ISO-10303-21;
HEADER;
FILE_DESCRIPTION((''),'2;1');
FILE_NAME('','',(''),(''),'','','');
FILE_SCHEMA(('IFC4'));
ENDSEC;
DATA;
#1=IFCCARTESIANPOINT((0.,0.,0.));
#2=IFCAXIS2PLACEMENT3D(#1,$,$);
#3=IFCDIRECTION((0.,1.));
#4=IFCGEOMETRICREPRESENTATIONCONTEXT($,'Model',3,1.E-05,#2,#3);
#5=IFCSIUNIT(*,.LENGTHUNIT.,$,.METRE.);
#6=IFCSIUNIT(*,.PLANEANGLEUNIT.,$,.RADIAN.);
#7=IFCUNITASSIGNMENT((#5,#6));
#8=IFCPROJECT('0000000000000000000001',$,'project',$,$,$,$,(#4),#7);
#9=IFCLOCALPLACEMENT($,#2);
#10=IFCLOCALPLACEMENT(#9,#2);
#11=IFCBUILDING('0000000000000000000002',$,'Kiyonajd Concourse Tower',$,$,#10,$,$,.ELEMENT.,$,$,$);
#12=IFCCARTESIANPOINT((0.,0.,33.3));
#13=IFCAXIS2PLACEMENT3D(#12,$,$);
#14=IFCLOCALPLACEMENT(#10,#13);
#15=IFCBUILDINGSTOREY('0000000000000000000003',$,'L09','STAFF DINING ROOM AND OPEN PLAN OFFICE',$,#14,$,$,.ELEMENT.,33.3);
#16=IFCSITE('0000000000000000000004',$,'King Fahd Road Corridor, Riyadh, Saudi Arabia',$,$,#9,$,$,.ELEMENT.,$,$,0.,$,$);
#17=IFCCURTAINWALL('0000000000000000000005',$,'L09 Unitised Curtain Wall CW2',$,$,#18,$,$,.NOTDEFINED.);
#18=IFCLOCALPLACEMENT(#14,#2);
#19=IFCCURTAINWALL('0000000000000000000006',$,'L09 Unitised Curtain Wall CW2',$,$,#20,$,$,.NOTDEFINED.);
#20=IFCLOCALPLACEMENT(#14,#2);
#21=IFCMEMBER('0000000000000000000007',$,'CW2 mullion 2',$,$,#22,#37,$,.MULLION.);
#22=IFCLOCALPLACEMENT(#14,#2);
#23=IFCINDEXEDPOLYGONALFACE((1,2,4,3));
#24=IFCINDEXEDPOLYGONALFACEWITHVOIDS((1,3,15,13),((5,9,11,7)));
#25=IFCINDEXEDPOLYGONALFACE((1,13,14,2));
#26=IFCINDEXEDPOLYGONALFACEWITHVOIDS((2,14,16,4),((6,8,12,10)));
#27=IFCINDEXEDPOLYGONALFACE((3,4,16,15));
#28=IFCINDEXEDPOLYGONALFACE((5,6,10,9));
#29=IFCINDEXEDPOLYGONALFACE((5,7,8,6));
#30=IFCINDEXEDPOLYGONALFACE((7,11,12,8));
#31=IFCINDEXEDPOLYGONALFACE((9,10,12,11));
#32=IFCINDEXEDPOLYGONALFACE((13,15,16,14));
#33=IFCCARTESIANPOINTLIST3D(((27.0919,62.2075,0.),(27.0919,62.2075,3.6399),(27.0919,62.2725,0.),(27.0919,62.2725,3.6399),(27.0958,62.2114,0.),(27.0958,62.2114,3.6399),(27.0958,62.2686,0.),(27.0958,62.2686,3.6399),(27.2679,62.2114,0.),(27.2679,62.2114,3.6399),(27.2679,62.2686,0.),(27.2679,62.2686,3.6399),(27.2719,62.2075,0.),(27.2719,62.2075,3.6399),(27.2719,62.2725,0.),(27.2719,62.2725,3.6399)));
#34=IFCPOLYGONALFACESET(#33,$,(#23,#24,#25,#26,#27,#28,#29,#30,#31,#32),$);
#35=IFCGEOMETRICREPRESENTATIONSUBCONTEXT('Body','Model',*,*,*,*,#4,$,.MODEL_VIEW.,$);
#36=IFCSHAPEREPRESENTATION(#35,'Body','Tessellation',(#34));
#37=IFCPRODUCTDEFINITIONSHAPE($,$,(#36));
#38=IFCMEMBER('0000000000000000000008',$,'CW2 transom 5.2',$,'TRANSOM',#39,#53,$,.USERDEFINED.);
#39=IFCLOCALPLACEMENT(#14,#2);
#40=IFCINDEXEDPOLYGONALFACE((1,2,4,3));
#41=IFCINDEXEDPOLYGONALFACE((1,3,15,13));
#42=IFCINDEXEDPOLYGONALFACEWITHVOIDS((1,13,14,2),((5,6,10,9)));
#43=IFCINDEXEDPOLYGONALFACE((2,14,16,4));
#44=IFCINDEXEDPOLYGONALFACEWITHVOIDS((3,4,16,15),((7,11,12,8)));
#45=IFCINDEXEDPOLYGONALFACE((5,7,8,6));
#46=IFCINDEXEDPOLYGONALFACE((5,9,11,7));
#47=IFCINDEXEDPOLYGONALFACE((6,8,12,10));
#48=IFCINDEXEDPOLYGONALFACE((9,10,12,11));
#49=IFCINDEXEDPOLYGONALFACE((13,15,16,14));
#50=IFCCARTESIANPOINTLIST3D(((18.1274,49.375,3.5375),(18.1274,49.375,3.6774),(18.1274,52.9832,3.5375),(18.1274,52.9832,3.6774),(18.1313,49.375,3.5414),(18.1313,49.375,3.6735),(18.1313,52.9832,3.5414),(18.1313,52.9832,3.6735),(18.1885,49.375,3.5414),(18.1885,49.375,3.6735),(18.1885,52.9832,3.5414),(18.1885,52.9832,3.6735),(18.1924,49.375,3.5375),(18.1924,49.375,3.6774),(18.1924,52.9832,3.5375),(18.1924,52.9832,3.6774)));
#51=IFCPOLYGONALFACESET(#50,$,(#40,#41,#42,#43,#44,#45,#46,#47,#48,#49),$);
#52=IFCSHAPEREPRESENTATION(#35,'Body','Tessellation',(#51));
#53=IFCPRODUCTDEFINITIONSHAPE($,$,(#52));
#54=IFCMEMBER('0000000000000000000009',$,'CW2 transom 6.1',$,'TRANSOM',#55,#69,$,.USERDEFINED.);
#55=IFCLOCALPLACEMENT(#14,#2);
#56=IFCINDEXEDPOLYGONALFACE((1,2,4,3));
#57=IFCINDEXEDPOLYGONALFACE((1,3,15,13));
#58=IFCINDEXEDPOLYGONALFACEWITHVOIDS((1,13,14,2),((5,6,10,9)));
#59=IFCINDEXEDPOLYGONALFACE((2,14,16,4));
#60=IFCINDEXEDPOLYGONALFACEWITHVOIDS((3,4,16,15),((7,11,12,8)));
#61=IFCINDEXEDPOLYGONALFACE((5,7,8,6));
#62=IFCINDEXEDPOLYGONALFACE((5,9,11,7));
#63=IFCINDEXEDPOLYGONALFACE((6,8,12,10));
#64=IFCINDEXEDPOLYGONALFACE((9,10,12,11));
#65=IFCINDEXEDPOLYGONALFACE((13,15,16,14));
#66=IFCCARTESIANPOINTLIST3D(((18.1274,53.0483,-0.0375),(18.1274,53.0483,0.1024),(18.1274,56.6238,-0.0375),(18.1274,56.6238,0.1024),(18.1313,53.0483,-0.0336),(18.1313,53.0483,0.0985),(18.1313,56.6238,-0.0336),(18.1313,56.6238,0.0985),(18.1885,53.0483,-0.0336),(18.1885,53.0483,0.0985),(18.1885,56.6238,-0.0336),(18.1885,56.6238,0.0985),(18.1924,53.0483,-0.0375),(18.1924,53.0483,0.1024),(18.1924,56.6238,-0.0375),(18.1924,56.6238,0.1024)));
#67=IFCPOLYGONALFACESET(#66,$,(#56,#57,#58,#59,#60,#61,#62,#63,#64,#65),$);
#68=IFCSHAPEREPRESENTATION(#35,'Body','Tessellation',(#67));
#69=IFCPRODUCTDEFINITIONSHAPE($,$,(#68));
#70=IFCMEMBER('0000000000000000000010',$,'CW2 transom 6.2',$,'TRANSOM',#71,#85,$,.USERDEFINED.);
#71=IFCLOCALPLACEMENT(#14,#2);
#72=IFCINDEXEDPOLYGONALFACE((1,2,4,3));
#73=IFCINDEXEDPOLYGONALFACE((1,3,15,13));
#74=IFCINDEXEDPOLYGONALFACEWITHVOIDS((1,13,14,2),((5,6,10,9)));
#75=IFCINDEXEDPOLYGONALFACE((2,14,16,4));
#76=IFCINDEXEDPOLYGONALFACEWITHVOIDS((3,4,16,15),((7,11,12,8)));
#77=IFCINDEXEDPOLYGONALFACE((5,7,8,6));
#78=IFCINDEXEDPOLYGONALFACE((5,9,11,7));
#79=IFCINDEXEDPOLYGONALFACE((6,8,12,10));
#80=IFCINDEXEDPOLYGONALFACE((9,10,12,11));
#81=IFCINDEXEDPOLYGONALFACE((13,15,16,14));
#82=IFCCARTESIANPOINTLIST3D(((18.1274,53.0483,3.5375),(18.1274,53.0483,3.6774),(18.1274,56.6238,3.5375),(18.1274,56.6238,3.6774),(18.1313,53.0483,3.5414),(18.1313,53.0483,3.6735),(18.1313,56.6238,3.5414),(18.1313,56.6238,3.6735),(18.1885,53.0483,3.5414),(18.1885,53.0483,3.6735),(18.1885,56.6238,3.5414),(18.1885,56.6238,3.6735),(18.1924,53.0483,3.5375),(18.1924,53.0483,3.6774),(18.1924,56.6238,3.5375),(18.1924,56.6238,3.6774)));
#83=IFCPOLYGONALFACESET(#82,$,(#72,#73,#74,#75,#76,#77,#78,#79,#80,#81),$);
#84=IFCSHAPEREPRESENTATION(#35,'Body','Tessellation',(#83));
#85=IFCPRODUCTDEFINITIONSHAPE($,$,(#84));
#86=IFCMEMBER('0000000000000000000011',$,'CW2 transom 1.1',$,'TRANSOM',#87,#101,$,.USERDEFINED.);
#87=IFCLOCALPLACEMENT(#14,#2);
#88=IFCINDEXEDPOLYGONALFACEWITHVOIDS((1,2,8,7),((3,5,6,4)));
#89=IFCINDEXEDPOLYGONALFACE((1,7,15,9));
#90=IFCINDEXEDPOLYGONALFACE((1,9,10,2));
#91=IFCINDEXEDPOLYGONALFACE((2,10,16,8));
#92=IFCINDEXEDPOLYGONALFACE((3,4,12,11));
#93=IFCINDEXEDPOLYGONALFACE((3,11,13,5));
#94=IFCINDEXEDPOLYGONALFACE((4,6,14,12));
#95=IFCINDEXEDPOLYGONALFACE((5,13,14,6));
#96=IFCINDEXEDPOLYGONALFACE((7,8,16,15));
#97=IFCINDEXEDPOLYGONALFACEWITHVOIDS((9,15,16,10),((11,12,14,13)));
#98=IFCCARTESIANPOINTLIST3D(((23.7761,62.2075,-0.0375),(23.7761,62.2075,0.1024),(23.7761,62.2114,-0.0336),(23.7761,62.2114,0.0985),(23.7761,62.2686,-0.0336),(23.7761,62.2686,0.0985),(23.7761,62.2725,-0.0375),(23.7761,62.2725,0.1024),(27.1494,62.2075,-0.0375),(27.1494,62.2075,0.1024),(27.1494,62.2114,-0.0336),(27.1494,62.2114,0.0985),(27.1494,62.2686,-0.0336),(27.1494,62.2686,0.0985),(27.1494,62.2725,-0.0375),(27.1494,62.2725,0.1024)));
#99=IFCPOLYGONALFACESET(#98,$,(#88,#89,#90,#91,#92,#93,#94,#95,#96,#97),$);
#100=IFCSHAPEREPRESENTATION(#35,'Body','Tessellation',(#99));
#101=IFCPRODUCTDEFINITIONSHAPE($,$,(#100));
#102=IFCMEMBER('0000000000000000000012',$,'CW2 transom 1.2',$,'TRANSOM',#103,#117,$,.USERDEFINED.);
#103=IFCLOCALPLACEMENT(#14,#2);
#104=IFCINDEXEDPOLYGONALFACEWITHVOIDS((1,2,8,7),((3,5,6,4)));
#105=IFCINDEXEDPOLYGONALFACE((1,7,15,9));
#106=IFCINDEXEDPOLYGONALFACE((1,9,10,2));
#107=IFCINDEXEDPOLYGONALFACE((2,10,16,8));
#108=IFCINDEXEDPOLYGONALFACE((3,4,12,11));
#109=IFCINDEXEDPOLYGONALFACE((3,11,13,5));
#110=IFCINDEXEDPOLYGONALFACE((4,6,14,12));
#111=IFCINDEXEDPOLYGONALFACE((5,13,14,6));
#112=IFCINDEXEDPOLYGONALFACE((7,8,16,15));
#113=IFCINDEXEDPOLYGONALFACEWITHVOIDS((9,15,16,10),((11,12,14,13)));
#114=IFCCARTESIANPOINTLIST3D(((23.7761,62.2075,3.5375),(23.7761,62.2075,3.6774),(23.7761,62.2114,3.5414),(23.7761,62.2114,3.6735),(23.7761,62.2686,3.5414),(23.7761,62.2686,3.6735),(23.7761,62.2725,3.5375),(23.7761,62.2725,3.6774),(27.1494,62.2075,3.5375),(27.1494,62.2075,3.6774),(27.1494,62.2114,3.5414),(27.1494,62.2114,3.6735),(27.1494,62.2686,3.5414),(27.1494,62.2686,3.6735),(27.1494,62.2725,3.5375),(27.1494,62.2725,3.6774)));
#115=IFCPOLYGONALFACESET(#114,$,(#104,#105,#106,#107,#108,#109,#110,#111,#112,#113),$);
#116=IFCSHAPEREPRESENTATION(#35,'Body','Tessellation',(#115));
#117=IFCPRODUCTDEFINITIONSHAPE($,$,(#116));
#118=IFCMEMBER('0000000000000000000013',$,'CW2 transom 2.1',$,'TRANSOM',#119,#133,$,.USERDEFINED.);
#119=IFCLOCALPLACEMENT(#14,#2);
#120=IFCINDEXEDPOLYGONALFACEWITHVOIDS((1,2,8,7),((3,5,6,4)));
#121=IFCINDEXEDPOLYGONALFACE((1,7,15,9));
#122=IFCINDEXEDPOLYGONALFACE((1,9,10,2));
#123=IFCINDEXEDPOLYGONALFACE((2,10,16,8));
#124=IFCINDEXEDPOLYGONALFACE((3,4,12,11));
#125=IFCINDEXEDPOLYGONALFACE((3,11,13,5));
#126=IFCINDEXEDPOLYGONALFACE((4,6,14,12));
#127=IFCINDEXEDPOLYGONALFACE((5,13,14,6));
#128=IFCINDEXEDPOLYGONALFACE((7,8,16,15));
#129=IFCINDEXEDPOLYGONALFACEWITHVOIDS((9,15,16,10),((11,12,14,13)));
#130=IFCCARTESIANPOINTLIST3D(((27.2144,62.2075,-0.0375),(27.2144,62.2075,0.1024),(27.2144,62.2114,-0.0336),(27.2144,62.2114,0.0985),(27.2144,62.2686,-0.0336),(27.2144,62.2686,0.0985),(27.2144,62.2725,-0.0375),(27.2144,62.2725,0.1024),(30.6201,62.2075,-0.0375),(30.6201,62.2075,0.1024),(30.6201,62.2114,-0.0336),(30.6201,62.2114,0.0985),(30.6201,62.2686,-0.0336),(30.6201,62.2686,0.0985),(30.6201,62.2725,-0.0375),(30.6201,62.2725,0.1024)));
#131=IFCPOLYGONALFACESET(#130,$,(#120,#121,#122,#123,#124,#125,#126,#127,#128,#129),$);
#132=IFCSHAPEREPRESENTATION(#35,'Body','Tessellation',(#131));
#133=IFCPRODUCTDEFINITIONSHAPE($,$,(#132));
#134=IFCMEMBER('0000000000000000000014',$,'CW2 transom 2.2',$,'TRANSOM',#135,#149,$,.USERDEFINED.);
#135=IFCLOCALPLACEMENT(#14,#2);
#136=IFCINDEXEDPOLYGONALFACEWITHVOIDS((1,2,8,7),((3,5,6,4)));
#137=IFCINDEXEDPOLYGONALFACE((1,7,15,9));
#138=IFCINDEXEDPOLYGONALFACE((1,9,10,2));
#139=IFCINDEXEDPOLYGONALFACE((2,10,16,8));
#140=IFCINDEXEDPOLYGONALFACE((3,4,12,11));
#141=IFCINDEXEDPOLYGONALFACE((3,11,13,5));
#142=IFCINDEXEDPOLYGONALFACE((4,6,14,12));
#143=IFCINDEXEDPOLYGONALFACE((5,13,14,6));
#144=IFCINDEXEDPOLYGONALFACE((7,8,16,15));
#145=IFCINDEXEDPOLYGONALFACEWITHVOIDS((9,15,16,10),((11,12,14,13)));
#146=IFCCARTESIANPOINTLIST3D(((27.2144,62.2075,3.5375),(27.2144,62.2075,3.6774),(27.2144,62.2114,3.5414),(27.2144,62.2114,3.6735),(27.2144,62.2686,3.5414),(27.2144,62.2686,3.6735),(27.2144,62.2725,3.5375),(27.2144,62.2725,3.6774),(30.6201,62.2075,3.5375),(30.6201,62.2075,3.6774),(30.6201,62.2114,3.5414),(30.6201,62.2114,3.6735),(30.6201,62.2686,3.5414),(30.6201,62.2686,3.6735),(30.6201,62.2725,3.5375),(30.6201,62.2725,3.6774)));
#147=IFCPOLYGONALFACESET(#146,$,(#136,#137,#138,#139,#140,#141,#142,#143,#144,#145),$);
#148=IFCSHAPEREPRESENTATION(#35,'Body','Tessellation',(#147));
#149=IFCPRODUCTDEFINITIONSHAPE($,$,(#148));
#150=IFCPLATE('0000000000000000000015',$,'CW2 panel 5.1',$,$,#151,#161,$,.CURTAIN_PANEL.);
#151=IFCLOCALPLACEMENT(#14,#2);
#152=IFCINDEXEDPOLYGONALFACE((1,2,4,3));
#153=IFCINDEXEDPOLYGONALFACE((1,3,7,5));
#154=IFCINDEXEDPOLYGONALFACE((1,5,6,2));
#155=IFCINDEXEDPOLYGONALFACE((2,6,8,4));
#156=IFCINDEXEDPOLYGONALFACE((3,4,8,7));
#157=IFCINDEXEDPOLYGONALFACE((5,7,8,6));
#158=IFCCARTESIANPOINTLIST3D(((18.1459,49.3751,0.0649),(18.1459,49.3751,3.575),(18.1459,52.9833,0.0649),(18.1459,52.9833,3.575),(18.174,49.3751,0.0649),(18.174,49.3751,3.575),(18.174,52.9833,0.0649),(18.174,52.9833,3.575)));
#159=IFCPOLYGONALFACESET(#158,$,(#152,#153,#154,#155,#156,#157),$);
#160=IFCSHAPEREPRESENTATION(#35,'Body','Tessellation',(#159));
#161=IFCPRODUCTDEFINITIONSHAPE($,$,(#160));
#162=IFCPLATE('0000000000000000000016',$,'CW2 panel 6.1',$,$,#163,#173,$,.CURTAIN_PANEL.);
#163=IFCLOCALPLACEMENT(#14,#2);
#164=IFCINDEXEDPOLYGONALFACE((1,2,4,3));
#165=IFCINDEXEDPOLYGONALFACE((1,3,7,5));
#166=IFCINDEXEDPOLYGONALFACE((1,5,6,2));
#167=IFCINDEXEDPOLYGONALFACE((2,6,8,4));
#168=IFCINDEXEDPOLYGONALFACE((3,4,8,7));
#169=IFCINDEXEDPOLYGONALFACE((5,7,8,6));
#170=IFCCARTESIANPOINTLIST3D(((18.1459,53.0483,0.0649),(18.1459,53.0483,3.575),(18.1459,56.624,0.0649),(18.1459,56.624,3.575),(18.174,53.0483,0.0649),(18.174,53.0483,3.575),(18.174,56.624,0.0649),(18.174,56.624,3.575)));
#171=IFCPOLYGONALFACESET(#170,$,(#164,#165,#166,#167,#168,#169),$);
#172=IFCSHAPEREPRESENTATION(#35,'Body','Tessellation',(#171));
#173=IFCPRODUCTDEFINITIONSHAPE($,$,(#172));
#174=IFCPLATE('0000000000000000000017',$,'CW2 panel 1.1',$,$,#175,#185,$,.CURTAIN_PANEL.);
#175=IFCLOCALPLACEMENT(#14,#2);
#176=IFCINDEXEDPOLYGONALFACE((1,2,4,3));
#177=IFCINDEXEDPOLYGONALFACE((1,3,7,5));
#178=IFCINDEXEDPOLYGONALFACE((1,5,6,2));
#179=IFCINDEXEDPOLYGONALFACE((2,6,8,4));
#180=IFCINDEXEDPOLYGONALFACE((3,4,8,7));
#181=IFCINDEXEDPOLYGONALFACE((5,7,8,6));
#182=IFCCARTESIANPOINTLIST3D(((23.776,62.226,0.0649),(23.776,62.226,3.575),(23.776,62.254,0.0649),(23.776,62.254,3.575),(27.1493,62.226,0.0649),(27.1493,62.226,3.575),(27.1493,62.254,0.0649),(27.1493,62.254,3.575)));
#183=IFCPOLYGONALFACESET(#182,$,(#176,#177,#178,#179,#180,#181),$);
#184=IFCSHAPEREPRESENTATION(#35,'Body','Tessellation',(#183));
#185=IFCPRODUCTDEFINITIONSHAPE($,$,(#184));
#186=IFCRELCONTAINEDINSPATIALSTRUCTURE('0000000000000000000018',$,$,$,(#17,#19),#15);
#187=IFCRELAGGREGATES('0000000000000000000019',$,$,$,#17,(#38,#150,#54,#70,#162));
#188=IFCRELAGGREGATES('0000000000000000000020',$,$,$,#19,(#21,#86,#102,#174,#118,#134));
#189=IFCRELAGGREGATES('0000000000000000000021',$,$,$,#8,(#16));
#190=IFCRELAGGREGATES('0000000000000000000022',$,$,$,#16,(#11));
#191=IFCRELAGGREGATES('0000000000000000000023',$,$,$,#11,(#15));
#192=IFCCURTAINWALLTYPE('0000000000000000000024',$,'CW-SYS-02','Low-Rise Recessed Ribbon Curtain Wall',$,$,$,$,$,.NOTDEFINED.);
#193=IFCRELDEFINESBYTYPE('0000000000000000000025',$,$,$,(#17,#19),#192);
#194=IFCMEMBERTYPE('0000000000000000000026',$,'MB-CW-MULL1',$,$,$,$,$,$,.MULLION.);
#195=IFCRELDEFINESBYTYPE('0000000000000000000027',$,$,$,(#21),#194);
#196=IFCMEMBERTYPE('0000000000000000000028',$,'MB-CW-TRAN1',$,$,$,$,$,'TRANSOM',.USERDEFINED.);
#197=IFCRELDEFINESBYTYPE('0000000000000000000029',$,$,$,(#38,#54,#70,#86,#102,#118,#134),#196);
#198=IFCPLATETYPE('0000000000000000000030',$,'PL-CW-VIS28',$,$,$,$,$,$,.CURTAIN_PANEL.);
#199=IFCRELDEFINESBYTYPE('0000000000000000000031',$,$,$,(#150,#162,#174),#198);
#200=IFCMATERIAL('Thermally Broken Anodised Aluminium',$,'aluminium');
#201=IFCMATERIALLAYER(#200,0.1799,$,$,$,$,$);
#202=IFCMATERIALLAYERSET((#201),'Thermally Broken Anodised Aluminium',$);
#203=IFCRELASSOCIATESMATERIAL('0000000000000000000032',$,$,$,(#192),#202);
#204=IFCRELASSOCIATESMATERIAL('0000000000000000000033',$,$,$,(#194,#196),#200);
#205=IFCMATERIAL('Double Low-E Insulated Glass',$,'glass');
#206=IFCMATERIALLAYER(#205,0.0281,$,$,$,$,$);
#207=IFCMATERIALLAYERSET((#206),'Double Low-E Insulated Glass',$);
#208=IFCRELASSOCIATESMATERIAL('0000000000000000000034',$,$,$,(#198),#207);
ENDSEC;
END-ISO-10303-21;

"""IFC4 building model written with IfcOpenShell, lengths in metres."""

from ifc_helpers import new_model, si_unit, direction, frame, origin, origin_2d, place, context, subcontext, project, spatial, rectangle, hollow_rectangle, extrude, material, layer, layer_set, material_profile, profile_set, type_object, element, aggregate, save


model = new_model("IFC4")

# Units and contexts
model_context = context("Model", 3, precision=1e-05, world=origin(), true_north=direction((0.0, 1.0)))
body_context = subcontext(model_context, "Body", "Model", "MODEL_VIEW")
ifc_project = project(units=[si_unit("LENGTHUNIT", "METRE"), si_unit("PLANEANGLEUNIT", "RADIAN")], contexts=[model_context])

# Site, building, storey
site_placement = place(None, origin())
site = spatial("IfcSite", under=ifc_project, at=site_placement, Name="King Fahd Road Corridor, Riyadh, Saudi Arabia", CompositionType="ELEMENT", RefElevation=0.0)
building_placement = place(site_placement, origin())
building = spatial("IfcBuilding", under=site, at=building_placement, Name="Kiyonajd Concourse Tower", CompositionType="ELEMENT")
storey_placement = place(building_placement, frame((0.0, 0.0, 33.3)))
storey = spatial("IfcBuildingStorey", under=building, at=storey_placement, Name="L09", Description="STAFF DINING ROOM AND OPEN PLAN OFFICE", CompositionType="ELEMENT", Elevation=33.3)

# Curtain walls, member
ifc_material_1 = material(Name="Thermally Broken Anodised Aluminium", Category="aluminium")
ifc_layer_1 = layer(ifc_material_1, 0.1799)
ifc_layer_set_1 = layer_set([ifc_layer_1], Name="Thermally Broken Anodised Aluminium")
curtain_wall_type = type_object("IfcCurtainWallType", Name="CW-SYS-02", Description="Low-Rise Recessed Ribbon Curtain Wall", PredefinedType="NOTDEFINED", material=ifc_layer_set_1)
curtain_wall_1_placement = place(storey_placement, origin())
curtain_wall_1 = element("IfcCurtainWall", 1, at=curtain_wall_1_placement, inside=storey, type_object=curtain_wall_type, Name="L09 Unitised Curtain Wall CW2", PredefinedType="NOTDEFINED")
ifc_material_profile_1 = material_profile(ifc_material_1, hollow_rectangle(XDim=0.0649, YDim=0.1799, WallThickness=0.0039, at=origin_2d()), Name="MULL-65x180")
ifc_profile_set_1 = profile_set([ifc_material_profile_1], Name="Thermally Broken Anodised Aluminium")
member_type_1 = type_object("IfcMemberType", Name="MB-CW-MULL1", PredefinedType="MULLION", material=ifc_profile_set_1)
curtain_wall_2_placement = place(storey_placement, origin())
curtain_wall_2 = element("IfcCurtainWall", 2, at=curtain_wall_2_placement, inside=storey, type_object=curtain_wall_type, Name="L09 Unitised Curtain Wall CW2", PredefinedType="NOTDEFINED")
member_1_placement = place(storey_placement, frame((27.1819, 62.24, 0.0), z_axis=(0.0, 0.0, 1.0), x_axis=(0.0, 1.0, 0.0)))
member_1 = element("IfcMember", 3, at=member_1_placement, type_object=member_type_1, Name="CW2 mullion 2", PredefinedType="MULLION", context=body_context, shape_type="SweptSolid", body=[
    extrude(hollow_rectangle(XDim=0.0649, YDim=0.1799, WallThickness=0.0039, at=origin_2d()), origin(), (0.0, 0.0, 1.0), 3.6399),
])

# Members
ifc_material_profile_2 = material_profile(ifc_material_1, hollow_rectangle(XDim=0.0649, YDim=0.1399, WallThickness=0.0039, at=origin_2d()), Name="TRAN-65x140")
ifc_profile_set_2 = profile_set([ifc_material_profile_2], Name="Thermally Broken Anodised Aluminium")
member_type_2 = type_object("IfcMemberType", Name="MB-CW-TRAN1", ElementType="TRANSOM", PredefinedType="USERDEFINED", material=ifc_profile_set_2)
member_2_placement = place(storey_placement, frame((18.1599, 49.375, 3.6074), z_axis=(0.0, 1.0, 0.0), x_axis=(-1.0, 0.0, 0.0)))
member_2 = element("IfcMember", 4, at=member_2_placement, type_object=member_type_2, Name="CW2 transom 5.2", ObjectType="TRANSOM", PredefinedType="USERDEFINED", context=body_context, shape_type="SweptSolid", body=[
    extrude(hollow_rectangle(XDim=0.0649, YDim=0.1399, WallThickness=0.0039, at=origin_2d()), origin(), (0.0, 0.0, 1.0), 3.6082),
])
member_3_placement = place(storey_placement, frame((18.1599, 53.0483, 0.0325), z_axis=(0.0, 1.0, 0.0), x_axis=(-1.0, 0.0, 0.0)))
member_3 = element("IfcMember", 5, at=member_3_placement, type_object=member_type_2, Name="CW2 transom 6.1", ObjectType="TRANSOM", PredefinedType="USERDEFINED", context=body_context, shape_type="SweptSolid", body=[
    extrude(hollow_rectangle(XDim=0.0649, YDim=0.1399, WallThickness=0.0039, at=origin_2d()), origin(), (0.0, 0.0, 1.0), 3.5754),
])
member_4_placement = place(storey_placement, frame((18.1599, 53.0483, 3.6074), z_axis=(0.0, 1.0, 0.0), x_axis=(-1.0, 0.0, 0.0)))
member_4 = element("IfcMember", 6, at=member_4_placement, type_object=member_type_2, Name="CW2 transom 6.2", ObjectType="TRANSOM", PredefinedType="USERDEFINED", context=body_context, shape_type="SweptSolid", body=[
    extrude(hollow_rectangle(XDim=0.0649, YDim=0.1399, WallThickness=0.0039, at=origin_2d()), origin(), (0.0, 0.0, 1.0), 3.5754),
])
member_5_placement = place(storey_placement, frame((23.7761, 62.24, 0.0325), z_axis=(1.0, 0.0, 0.0), x_axis=(0.0, 1.0, 0.0)))
member_5 = element("IfcMember", 7, at=member_5_placement, type_object=member_type_2, Name="CW2 transom 1.1", ObjectType="TRANSOM", PredefinedType="USERDEFINED", context=body_context, shape_type="SweptSolid", body=[
    extrude(hollow_rectangle(XDim=0.0649, YDim=0.1399, WallThickness=0.0039, at=origin_2d()), origin(), (0.0, 0.0, 1.0), 3.3733),
])
member_6_placement = place(storey_placement, frame((23.7761, 62.24, 3.6074), z_axis=(1.0, 0.0, 0.0), x_axis=(0.0, 1.0, 0.0)))
member_6 = element("IfcMember", 8, at=member_6_placement, type_object=member_type_2, Name="CW2 transom 1.2", ObjectType="TRANSOM", PredefinedType="USERDEFINED", context=body_context, shape_type="SweptSolid", body=[
    extrude(hollow_rectangle(XDim=0.0649, YDim=0.1399, WallThickness=0.0039, at=origin_2d()), origin(), (0.0, 0.0, 1.0), 3.3733),
])
member_7_placement = place(storey_placement, frame((27.2144, 62.24, 0.0325), z_axis=(1.0, 0.0, 0.0), x_axis=(0.0, 1.0, 0.0)))
member_7 = element("IfcMember", 9, at=member_7_placement, type_object=member_type_2, Name="CW2 transom 2.1", ObjectType="TRANSOM", PredefinedType="USERDEFINED", context=body_context, shape_type="SweptSolid", body=[
    extrude(hollow_rectangle(XDim=0.0649, YDim=0.1399, WallThickness=0.0039, at=origin_2d()), origin(), (0.0, 0.0, 1.0), 3.4058),
])
member_8_placement = place(storey_placement, frame((27.2144, 62.24, 3.6074), z_axis=(1.0, 0.0, 0.0), x_axis=(0.0, 1.0, 0.0)))
member_8 = element("IfcMember", 10, at=member_8_placement, type_object=member_type_2, Name="CW2 transom 2.2", ObjectType="TRANSOM", PredefinedType="USERDEFINED", context=body_context, shape_type="SweptSolid", body=[
    extrude(hollow_rectangle(XDim=0.0649, YDim=0.1399, WallThickness=0.0039, at=origin_2d()), origin(), (0.0, 0.0, 1.0), 3.4058),
])

# Plates
ifc_material_2 = material(Name="Double Low-E Insulated Glass", Category="glass")
ifc_layer_2 = layer(ifc_material_2, 0.0281)
ifc_layer_set_2 = layer_set([ifc_layer_2], Name="Double Low-E Insulated Glass")
plate_type_1 = type_object("IfcPlateType", Name="PL-CW-VIS28", PredefinedType="CURTAIN_PANEL", material=ifc_layer_set_2)
plate_1_placement = place(storey_placement, frame((18.1599, 51.1792, 0.0649), z_axis=(0.0, 0.0, 1.0), x_axis=(0.0, 1.0, 0.0)))
plate_1 = element("IfcPlate", 11, at=plate_1_placement, type_object=plate_type_1, Name="CW2 panel 5.1", PredefinedType="CURTAIN_PANEL", context=body_context, shape_type="SweptSolid", body=[
    extrude(rectangle(XDim=3.6082, YDim=0.0281, at=origin_2d()), origin(), (0.0, 0.0, 1.0), 3.51),
])
plate_2_placement = place(storey_placement, frame((18.1599, 54.8362, 0.0649), z_axis=(0.0, 0.0, 1.0), x_axis=(0.0, 1.0, 0.0)))
plate_2 = element("IfcPlate", 12, at=plate_2_placement, type_object=plate_type_1, Name="CW2 panel 6.1", PredefinedType="CURTAIN_PANEL", context=body_context, shape_type="SweptSolid", body=[
    extrude(rectangle(XDim=3.5757, YDim=0.0281, at=origin_2d()), origin(), (0.0, 0.0, 1.0), 3.51),
])
aggregate(curtain_wall_1, [member_2, plate_1, member_3, member_4, plate_2])
plate_3_placement = place(storey_placement, frame((25.4626, 62.24, 0.0649), z_axis=(0.0, 0.0, 1.0), x_axis=(1.0, 0.0, 0.0)))
plate_3 = element("IfcPlate", 13, at=plate_3_placement, type_object=plate_type_1, Name="CW2 panel 1.1", PredefinedType="CURTAIN_PANEL", context=body_context, shape_type="SweptSolid", body=[
    extrude(rectangle(XDim=3.3733, YDim=0.0281, at=origin_2d()), origin(), (0.0, 0.0, 1.0), 3.51),
])
aggregate(curtain_wall_2, [member_1, member_5, member_6, plate_3, member_7, member_8])

save(model, "model.ifc")
